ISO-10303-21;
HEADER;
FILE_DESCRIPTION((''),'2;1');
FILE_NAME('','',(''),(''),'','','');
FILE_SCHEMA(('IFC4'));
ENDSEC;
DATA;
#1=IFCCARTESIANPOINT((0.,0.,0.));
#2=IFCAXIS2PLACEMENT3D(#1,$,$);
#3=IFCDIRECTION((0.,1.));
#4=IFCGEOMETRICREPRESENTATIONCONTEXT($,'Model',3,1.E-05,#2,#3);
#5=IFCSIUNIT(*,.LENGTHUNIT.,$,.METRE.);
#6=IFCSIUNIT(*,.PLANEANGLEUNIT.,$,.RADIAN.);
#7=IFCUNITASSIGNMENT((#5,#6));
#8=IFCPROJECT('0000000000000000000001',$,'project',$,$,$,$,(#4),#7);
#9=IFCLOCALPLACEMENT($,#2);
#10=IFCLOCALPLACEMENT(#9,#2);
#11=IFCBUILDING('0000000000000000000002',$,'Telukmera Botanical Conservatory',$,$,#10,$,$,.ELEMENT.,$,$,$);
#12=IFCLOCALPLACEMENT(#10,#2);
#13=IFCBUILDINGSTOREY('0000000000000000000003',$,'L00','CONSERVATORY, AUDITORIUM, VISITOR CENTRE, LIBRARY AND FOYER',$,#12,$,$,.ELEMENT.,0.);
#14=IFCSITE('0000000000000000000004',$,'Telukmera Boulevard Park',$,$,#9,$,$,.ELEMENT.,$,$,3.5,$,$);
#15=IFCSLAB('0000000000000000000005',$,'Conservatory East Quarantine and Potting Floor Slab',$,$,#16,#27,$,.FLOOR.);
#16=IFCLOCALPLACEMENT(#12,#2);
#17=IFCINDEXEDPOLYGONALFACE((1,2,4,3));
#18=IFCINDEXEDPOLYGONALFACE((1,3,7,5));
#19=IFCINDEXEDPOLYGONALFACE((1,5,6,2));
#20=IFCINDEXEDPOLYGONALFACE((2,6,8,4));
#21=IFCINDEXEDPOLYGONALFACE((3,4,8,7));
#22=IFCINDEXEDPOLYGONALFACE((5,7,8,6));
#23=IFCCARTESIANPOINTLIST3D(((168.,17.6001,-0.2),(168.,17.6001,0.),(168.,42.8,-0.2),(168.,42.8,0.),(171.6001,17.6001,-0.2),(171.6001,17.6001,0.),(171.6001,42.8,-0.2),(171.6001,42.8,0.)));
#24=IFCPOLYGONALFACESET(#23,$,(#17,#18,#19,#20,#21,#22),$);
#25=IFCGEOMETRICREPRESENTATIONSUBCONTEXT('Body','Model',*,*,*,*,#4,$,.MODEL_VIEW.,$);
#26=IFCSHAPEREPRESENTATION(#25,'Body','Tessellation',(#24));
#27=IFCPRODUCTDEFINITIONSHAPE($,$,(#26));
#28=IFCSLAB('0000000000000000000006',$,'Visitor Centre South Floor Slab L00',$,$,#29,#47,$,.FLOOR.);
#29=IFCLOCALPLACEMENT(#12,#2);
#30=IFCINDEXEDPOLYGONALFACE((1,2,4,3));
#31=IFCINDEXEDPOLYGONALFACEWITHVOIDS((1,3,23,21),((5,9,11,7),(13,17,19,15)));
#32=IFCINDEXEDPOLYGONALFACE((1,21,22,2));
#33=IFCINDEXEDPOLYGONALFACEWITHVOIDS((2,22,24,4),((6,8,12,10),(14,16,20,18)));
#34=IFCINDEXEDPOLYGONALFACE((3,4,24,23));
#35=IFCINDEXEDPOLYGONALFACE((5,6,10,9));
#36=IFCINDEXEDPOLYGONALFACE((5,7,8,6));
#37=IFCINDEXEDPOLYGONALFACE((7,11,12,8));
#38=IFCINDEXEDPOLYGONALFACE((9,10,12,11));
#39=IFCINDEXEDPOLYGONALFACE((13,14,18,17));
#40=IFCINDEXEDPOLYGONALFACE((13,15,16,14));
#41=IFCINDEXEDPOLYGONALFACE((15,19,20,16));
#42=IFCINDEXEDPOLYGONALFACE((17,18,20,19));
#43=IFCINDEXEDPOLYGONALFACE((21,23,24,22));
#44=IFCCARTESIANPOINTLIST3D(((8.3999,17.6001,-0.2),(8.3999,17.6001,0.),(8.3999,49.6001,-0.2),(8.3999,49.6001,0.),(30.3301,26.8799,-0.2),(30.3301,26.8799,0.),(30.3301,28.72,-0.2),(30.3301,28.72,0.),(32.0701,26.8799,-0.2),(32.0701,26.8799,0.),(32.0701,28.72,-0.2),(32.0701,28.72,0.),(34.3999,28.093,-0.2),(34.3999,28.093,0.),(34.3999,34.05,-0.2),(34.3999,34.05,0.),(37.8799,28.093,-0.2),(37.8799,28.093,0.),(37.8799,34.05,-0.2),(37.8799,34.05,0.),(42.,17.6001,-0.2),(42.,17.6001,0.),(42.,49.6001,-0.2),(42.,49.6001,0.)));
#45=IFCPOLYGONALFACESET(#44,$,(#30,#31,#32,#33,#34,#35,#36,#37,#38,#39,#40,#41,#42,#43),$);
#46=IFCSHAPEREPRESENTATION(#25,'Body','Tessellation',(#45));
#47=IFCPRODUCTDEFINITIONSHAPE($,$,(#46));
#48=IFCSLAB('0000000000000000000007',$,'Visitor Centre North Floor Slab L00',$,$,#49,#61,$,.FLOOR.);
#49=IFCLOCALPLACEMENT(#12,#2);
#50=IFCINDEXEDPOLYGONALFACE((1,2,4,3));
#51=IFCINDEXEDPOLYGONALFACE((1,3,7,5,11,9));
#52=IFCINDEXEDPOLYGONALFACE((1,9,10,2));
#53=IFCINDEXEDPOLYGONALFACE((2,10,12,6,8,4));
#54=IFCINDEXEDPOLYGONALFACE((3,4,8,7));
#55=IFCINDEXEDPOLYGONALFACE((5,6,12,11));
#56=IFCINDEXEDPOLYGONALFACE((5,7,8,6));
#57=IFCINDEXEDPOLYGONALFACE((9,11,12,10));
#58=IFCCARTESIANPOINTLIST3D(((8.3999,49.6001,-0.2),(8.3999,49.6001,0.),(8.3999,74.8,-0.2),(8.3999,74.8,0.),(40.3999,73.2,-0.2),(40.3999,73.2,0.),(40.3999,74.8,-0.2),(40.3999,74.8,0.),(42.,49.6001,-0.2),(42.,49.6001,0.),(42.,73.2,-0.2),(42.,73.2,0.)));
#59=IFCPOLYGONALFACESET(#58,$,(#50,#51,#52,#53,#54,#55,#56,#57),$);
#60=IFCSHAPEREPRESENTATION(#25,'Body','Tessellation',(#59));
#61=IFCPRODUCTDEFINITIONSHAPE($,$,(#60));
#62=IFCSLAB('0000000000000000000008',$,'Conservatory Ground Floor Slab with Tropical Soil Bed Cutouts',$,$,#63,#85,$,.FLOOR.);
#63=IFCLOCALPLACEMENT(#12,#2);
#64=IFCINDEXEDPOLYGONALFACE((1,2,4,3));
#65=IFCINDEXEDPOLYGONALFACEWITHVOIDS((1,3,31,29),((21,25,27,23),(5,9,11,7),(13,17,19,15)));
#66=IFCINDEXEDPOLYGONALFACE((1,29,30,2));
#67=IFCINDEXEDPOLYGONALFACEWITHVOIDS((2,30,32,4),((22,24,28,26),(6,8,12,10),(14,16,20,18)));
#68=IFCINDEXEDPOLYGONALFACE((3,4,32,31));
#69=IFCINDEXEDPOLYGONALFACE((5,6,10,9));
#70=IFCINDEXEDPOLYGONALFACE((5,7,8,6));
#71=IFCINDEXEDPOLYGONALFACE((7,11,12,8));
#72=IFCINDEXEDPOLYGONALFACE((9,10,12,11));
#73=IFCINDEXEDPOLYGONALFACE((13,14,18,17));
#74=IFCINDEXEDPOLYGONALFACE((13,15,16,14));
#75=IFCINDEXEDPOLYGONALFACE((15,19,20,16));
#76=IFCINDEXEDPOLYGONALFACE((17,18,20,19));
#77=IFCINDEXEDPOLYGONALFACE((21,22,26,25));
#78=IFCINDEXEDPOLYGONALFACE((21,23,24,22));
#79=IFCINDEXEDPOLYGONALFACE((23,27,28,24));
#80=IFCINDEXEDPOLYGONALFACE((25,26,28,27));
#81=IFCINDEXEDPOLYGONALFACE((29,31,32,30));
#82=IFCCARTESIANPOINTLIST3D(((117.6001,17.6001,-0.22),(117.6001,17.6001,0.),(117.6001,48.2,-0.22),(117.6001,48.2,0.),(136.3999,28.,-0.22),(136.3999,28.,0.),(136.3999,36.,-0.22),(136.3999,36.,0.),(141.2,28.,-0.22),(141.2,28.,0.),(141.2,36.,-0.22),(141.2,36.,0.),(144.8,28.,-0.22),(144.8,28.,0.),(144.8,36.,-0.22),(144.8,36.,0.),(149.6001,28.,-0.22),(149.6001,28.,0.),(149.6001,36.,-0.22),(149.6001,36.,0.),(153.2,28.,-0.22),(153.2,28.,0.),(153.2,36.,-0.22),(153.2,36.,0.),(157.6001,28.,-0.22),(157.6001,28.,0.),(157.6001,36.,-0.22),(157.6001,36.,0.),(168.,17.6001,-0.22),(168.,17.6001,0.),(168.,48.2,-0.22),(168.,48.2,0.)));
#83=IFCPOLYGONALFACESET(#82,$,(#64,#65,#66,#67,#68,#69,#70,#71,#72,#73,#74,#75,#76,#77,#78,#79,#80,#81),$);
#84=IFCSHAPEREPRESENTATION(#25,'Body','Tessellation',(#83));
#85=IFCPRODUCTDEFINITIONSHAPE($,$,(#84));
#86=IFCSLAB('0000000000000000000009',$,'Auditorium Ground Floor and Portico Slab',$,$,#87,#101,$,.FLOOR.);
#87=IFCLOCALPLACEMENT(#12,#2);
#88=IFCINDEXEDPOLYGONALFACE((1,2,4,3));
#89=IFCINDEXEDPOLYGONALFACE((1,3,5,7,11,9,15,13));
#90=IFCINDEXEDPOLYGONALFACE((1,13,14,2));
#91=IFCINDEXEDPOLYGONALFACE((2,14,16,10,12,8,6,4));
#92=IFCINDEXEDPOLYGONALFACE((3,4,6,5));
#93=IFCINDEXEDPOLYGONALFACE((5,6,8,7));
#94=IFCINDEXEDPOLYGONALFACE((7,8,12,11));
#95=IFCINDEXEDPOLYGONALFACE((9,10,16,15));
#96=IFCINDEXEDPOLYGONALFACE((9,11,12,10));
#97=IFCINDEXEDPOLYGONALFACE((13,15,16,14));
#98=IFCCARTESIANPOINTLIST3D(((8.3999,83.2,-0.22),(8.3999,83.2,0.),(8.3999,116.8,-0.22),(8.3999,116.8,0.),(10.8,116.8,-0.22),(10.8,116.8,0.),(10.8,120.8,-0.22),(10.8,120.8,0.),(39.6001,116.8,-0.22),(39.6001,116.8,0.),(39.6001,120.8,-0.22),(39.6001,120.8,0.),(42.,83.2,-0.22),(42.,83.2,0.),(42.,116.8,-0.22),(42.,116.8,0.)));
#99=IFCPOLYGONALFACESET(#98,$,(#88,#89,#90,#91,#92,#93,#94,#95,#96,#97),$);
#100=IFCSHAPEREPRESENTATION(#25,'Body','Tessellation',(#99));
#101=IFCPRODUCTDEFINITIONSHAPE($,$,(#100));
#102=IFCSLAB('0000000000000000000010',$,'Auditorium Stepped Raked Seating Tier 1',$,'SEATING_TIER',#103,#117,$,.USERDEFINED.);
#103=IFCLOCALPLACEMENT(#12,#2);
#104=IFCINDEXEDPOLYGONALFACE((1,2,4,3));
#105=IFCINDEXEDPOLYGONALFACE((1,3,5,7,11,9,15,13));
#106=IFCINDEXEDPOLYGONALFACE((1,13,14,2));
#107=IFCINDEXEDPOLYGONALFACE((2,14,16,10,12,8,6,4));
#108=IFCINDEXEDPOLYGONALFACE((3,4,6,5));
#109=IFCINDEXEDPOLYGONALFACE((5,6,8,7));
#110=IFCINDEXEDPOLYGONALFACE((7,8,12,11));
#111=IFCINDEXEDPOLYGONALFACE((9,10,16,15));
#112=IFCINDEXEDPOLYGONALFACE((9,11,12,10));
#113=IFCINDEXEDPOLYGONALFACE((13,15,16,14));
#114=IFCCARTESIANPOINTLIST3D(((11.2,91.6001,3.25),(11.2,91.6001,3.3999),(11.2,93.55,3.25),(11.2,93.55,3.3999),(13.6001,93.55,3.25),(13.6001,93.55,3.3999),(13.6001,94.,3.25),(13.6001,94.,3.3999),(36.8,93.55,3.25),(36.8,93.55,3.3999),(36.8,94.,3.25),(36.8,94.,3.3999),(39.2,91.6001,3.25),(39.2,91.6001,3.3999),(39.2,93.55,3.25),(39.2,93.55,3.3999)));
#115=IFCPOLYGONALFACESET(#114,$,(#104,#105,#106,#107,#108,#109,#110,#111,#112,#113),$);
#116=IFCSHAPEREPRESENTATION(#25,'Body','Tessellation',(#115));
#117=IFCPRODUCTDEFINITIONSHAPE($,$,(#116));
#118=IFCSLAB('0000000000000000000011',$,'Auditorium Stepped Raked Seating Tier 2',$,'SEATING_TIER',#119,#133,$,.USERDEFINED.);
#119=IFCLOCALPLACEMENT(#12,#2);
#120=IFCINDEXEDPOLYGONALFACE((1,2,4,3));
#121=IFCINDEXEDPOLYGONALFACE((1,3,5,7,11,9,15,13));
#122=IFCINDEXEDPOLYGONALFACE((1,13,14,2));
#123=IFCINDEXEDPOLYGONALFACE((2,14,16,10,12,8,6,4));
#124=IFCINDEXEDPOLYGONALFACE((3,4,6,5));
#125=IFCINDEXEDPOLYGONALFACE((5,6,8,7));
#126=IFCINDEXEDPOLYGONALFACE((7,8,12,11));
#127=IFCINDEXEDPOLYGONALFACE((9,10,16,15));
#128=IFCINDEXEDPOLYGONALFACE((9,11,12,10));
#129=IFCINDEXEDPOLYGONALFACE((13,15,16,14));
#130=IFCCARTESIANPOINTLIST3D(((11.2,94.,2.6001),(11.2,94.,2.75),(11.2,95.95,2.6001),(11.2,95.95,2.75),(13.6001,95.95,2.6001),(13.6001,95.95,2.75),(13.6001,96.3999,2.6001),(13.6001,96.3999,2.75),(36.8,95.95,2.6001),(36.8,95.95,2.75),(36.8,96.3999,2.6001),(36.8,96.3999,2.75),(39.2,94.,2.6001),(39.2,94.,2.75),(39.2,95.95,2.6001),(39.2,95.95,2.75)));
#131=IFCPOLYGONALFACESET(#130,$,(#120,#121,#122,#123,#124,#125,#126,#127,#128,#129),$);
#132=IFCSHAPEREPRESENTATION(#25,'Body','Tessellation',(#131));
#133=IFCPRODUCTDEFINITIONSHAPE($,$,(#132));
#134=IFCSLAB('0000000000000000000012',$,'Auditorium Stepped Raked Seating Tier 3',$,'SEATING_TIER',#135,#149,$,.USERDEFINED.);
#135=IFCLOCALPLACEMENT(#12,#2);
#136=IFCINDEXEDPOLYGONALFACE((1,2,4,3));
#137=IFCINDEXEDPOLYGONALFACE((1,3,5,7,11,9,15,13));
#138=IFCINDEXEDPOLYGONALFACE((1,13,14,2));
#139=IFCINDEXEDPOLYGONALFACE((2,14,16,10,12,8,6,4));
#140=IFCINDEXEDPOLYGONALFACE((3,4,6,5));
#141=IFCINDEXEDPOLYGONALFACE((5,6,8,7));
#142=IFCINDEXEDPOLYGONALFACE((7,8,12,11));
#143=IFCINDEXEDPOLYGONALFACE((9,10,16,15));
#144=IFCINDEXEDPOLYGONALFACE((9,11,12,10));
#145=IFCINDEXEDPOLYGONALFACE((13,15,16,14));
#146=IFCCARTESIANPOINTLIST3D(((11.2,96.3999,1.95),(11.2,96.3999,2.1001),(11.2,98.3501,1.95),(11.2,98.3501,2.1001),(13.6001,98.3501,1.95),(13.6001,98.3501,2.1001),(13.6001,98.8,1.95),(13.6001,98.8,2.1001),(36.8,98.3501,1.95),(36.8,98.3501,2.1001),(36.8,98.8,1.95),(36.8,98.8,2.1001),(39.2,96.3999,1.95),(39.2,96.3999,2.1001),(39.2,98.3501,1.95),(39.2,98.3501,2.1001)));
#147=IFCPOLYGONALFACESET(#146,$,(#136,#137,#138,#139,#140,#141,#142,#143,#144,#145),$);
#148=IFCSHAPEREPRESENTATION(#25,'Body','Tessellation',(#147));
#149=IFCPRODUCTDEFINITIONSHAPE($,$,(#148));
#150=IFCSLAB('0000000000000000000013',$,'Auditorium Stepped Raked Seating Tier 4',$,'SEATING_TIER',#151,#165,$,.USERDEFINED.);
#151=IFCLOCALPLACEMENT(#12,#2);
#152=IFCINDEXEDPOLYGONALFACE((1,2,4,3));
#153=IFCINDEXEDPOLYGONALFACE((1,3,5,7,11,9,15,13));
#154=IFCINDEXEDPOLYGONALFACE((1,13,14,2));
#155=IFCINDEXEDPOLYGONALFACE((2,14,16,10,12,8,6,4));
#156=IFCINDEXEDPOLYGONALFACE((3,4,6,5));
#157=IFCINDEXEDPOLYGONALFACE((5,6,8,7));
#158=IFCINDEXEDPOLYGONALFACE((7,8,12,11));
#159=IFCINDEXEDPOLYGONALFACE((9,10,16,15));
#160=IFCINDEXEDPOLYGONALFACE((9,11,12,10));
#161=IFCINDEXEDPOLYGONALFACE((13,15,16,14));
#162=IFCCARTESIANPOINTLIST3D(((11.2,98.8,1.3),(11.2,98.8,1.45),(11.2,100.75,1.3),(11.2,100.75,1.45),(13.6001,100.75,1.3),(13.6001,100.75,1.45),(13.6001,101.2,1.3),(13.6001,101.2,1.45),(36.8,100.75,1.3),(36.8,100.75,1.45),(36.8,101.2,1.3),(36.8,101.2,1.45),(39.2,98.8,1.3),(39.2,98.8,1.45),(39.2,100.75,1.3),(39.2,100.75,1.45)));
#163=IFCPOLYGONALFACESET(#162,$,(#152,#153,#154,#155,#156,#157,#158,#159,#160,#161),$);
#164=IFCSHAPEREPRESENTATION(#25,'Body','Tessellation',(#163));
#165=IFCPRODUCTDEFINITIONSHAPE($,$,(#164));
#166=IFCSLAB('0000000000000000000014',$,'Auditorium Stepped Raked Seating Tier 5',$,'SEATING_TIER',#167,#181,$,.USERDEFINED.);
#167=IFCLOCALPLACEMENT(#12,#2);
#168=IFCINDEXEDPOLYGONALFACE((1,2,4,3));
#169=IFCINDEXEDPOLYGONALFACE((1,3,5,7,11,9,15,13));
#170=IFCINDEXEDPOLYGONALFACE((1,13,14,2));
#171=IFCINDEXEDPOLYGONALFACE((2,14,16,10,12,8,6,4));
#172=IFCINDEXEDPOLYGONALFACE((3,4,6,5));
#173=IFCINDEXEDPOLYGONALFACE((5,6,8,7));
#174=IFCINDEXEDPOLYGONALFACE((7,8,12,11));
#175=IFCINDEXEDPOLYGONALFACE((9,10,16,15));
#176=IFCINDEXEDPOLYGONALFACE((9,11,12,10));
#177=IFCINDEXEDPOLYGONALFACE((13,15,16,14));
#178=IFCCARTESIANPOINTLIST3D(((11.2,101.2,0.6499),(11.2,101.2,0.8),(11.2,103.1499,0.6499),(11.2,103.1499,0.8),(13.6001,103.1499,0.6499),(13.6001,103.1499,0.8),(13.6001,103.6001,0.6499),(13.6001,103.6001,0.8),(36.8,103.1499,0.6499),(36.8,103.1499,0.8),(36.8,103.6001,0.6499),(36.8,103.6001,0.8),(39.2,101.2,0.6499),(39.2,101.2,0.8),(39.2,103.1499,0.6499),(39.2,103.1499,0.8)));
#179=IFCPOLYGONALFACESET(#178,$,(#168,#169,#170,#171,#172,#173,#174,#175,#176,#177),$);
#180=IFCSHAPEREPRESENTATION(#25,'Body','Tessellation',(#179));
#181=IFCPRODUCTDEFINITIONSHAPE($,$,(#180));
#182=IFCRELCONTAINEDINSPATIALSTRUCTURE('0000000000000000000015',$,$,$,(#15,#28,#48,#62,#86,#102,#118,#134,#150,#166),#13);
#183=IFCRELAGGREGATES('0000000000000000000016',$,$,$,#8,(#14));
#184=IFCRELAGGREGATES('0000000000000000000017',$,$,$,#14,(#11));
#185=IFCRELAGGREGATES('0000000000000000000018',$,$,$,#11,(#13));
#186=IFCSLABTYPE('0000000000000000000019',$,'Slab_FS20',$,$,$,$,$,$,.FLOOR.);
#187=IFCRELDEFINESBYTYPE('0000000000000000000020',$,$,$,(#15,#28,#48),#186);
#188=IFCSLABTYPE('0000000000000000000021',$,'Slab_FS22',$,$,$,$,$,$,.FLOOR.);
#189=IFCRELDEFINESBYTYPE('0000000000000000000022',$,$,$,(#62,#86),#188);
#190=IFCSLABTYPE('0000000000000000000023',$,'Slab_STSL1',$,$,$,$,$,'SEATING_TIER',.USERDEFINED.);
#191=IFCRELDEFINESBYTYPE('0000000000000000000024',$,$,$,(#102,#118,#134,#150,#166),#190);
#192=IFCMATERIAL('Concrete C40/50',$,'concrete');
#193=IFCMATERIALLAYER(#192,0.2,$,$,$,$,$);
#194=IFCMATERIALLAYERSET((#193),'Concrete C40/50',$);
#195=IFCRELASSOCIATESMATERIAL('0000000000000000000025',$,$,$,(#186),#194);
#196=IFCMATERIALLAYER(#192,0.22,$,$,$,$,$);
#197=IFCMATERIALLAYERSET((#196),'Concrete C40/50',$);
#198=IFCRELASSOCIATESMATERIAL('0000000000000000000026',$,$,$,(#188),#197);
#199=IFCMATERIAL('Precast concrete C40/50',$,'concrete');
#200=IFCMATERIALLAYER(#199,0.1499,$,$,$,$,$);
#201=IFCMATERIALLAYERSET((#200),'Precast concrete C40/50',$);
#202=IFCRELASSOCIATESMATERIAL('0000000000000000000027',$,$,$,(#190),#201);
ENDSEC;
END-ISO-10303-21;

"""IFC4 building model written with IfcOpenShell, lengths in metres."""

from ifc_helpers import new_model, si_unit, direction, frame, origin, place, context, subcontext, project, spatial, polyline, outline, extrude, material, layer, layer_set, type_object, element, save


model = new_model("IFC4")

# Units and contexts
model_context = context("Model", 3, precision=1e-05, world=origin(), true_north=direction((0.0, 1.0)))
body_context = subcontext(model_context, "Body", "Model", "MODEL_VIEW")
ifc_project = project(units=[si_unit("LENGTHUNIT", "METRE"), si_unit("PLANEANGLEUNIT", "RADIAN")], contexts=[model_context])

# Site, building, storey
site_placement = place(None, origin())
site = spatial("IfcSite", under=ifc_project, at=site_placement, Name="Telukmera Boulevard Park", CompositionType="ELEMENT", RefElevation=3.5)
building_placement = place(site_placement, origin())
building = spatial("IfcBuilding", under=site, at=building_placement, Name="Telukmera Botanical Conservatory", CompositionType="ELEMENT")
storey_placement = place(building_placement, origin())
storey = spatial("IfcBuildingStorey", under=building, at=storey_placement, Name="L00", Description="CONSERVATORY, AUDITORIUM, VISITOR CENTRE, LIBRARY AND FOYER", CompositionType="ELEMENT", Elevation=0.0)

# Shared definitions
ifc_material_1 = material(Name="Concrete C40/50", Category="concrete")

# Slabs
ifc_layer_1 = layer(ifc_material_1, 0.2)
ifc_layer_set_1 = layer_set([ifc_layer_1], Name="Concrete C40/50")
slab_type_1 = type_object("IfcSlabType", Name="Slab_FS20", PredefinedType="FLOOR", material=ifc_layer_set_1)
slab_1_placement = place(storey_placement, frame((0.0, 0.0, -0.2)))
element("IfcSlab", 1, at=slab_1_placement, inside=storey, type_object=slab_type_1, Name="Conservatory East Quarantine and Potting Floor Slab", PredefinedType="FLOOR", context=body_context, shape_type="SweptSolid", body=[
    extrude(outline(polyline([(168.0, 17.6001), (171.6001, 17.6001), (171.6001, 42.8), (168.0, 42.8), (168.0, 17.6001)])), origin(), (0.0, 0.0, 1.0), 0.2),
])
slab_2_placement = place(storey_placement, frame((0.0, 0.0, -0.2)))
element("IfcSlab", 2, at=slab_2_placement, inside=storey, type_object=slab_type_1, Name="Visitor Centre South Floor Slab L00", PredefinedType="FLOOR", context=body_context, shape_type="SweptSolid", body=[
    extrude(outline(polyline([(8.3999, 17.6001), (42.0, 17.6001), (42.0, 49.6001), (8.3999, 49.6001), (8.3999, 17.6001)]), holes=[polyline([(37.8799, 28.093), (37.8799, 34.05), (34.3999, 34.05), (34.3999, 28.093), (37.8799, 28.093)]), polyline([(30.3301, 26.8799), (32.0701, 26.8799), (32.0701, 28.72), (30.3301, 28.72), (30.3301, 26.8799)])]), origin(), (0.0, 0.0, 1.0), 0.2),
])
slab_3_placement = place(storey_placement, frame((0.0, 0.0, -0.2)))
element("IfcSlab", 3, at=slab_3_placement, inside=storey, type_object=slab_type_1, Name="Visitor Centre North Floor Slab L00", PredefinedType="FLOOR", context=body_context, shape_type="SweptSolid", body=[
    extrude(outline(polyline([(8.3999, 49.6001), (42.0, 49.6001), (42.0, 73.2), (40.3999, 73.2), (40.3999, 74.8), (8.3999, 74.8), (8.3999, 49.6001)])), origin(), (0.0, 0.0, 1.0), 0.2),
])
ifc_layer_2 = layer(ifc_material_1, 0.22)
ifc_layer_set_2 = layer_set([ifc_layer_2], Name="Concrete C40/50")
slab_type_2 = type_object("IfcSlabType", Name="Slab_FS22", PredefinedType="FLOOR", material=ifc_layer_set_2)
slab_4_placement = place(storey_placement, frame((0.0, 0.0, -0.22)))
element("IfcSlab", 4, at=slab_4_placement, inside=storey, type_object=slab_type_2, Name="Conservatory Ground Floor Slab with Tropical Soil Bed Cutouts", PredefinedType="FLOOR", context=body_context, shape_type="SweptSolid", body=[
    extrude(outline(polyline([(117.6001, 17.6001), (168.0, 17.6001), (168.0, 48.2), (117.6001, 48.2), (117.6001, 17.6001)]), holes=[polyline([(136.3999, 28.0), (141.2, 28.0), (141.2, 36.0), (136.3999, 36.0), (136.3999, 28.0)]), polyline([(144.8, 28.0), (149.6001, 28.0), (149.6001, 36.0), (144.8, 36.0), (144.8, 28.0)]), polyline([(153.2, 28.0), (157.6001, 28.0), (157.6001, 36.0), (153.2, 36.0), (153.2, 28.0)])]), origin(), (0.0, 0.0, 1.0), 0.22),
])
slab_5_placement = place(storey_placement, frame((0.0, 0.0, -0.22)))
element("IfcSlab", 5, at=slab_5_placement, inside=storey, type_object=slab_type_2, Name="Auditorium Ground Floor and Portico Slab", PredefinedType="FLOOR", context=body_context, shape_type="SweptSolid", body=[
    extrude(outline(polyline([(8.3999, 83.2), (42.0, 83.2), (42.0, 116.8), (39.6001, 116.8), (39.6001, 120.8), (10.8, 120.8), (10.8, 116.8), (8.3999, 116.8), (8.3999, 83.2)])), origin(), (0.0, 0.0, 1.0), 0.22),
])
ifc_material_2 = material(Name="Precast concrete C40/50", Category="concrete")
ifc_layer_3 = layer(ifc_material_2, 0.1499)
ifc_layer_set_3 = layer_set([ifc_layer_3], Name="Precast concrete C40/50")
slab_type_3 = type_object("IfcSlabType", Name="Slab_STSL1", ElementType="SEATING_TIER", PredefinedType="USERDEFINED", material=ifc_layer_set_3)
slab_6_placement = place(storey_placement, frame((0.0, 0.0, 3.25)))
element("IfcSlab", 6, at=slab_6_placement, inside=storey, type_object=slab_type_3, Name="Auditorium Stepped Raked Seating Tier 1", ObjectType="SEATING_TIER", PredefinedType="USERDEFINED", context=body_context, shape_type="SweptSolid", body=[
    extrude(outline(polyline([(11.2, 91.6001), (39.2, 91.6001), (39.2, 93.55), (36.8, 93.55), (36.8, 94.0), (13.6001, 94.0), (13.6001, 93.55), (11.2, 93.55), (11.2, 91.6001)])), origin(), (0.0, 0.0, 1.0), 0.1499),
])
slab_7_placement = place(storey_placement, frame((0.0, 0.0, 2.6001)))
element("IfcSlab", 7, at=slab_7_placement, inside=storey, type_object=slab_type_3, Name="Auditorium Stepped Raked Seating Tier 2", ObjectType="SEATING_TIER", PredefinedType="USERDEFINED", context=body_context, shape_type="SweptSolid", body=[
    extrude(outline(polyline([(11.2, 94.0), (39.2, 94.0), (39.2, 95.95), (36.8, 95.95), (36.8, 96.3999), (13.6001, 96.3999), (13.6001, 95.95), (11.2, 95.95), (11.2, 94.0)])), origin(), (0.0, 0.0, 1.0), 0.1499),
])
slab_8_placement = place(storey_placement, frame((0.0, 0.0, 1.95)))
element("IfcSlab", 8, at=slab_8_placement, inside=storey, type_object=slab_type_3, Name="Auditorium Stepped Raked Seating Tier 3", ObjectType="SEATING_TIER", PredefinedType="USERDEFINED", context=body_context, shape_type="SweptSolid", body=[
    extrude(outline(polyline([(11.2, 96.3999), (39.2, 96.3999), (39.2, 98.3501), (36.8, 98.3501), (36.8, 98.8), (13.6001, 98.8), (13.6001, 98.3501), (11.2, 98.3501), (11.2, 96.3999)])), origin(), (0.0, 0.0, 1.0), 0.1501),
])
slab_9_placement = place(storey_placement, frame((0.0, 0.0, 1.3)))
element("IfcSlab", 9, at=slab_9_placement, inside=storey, type_object=slab_type_3, Name="Auditorium Stepped Raked Seating Tier 4", ObjectType="SEATING_TIER", PredefinedType="USERDEFINED", context=body_context, shape_type="SweptSolid", body=[
    extrude(outline(polyline([(11.2, 98.8), (39.2, 98.8), (39.2, 100.75), (36.8, 100.75), (36.8, 101.2), (13.6001, 101.2), (13.6001, 100.75), (11.2, 100.75), (11.2, 98.8)])), origin(), (0.0, 0.0, 1.0), 0.1499),
])
slab_10_placement = place(storey_placement, frame((0.0, 0.0, 0.6499)))
element("IfcSlab", 10, at=slab_10_placement, inside=storey, type_object=slab_type_3, Name="Auditorium Stepped Raked Seating Tier 5", ObjectType="SEATING_TIER", PredefinedType="USERDEFINED", context=body_context, shape_type="SweptSolid", body=[
    extrude(outline(polyline([(11.2, 101.2), (39.2, 101.2), (39.2, 103.1499), (36.8, 103.1499), (36.8, 103.6001), (13.6001, 103.6001), (13.6001, 103.1499), (11.2, 103.1499), (11.2, 101.2)])), origin(), (0.0, 0.0, 1.0), 0.1501),
])

save(model, "model.ifc")
